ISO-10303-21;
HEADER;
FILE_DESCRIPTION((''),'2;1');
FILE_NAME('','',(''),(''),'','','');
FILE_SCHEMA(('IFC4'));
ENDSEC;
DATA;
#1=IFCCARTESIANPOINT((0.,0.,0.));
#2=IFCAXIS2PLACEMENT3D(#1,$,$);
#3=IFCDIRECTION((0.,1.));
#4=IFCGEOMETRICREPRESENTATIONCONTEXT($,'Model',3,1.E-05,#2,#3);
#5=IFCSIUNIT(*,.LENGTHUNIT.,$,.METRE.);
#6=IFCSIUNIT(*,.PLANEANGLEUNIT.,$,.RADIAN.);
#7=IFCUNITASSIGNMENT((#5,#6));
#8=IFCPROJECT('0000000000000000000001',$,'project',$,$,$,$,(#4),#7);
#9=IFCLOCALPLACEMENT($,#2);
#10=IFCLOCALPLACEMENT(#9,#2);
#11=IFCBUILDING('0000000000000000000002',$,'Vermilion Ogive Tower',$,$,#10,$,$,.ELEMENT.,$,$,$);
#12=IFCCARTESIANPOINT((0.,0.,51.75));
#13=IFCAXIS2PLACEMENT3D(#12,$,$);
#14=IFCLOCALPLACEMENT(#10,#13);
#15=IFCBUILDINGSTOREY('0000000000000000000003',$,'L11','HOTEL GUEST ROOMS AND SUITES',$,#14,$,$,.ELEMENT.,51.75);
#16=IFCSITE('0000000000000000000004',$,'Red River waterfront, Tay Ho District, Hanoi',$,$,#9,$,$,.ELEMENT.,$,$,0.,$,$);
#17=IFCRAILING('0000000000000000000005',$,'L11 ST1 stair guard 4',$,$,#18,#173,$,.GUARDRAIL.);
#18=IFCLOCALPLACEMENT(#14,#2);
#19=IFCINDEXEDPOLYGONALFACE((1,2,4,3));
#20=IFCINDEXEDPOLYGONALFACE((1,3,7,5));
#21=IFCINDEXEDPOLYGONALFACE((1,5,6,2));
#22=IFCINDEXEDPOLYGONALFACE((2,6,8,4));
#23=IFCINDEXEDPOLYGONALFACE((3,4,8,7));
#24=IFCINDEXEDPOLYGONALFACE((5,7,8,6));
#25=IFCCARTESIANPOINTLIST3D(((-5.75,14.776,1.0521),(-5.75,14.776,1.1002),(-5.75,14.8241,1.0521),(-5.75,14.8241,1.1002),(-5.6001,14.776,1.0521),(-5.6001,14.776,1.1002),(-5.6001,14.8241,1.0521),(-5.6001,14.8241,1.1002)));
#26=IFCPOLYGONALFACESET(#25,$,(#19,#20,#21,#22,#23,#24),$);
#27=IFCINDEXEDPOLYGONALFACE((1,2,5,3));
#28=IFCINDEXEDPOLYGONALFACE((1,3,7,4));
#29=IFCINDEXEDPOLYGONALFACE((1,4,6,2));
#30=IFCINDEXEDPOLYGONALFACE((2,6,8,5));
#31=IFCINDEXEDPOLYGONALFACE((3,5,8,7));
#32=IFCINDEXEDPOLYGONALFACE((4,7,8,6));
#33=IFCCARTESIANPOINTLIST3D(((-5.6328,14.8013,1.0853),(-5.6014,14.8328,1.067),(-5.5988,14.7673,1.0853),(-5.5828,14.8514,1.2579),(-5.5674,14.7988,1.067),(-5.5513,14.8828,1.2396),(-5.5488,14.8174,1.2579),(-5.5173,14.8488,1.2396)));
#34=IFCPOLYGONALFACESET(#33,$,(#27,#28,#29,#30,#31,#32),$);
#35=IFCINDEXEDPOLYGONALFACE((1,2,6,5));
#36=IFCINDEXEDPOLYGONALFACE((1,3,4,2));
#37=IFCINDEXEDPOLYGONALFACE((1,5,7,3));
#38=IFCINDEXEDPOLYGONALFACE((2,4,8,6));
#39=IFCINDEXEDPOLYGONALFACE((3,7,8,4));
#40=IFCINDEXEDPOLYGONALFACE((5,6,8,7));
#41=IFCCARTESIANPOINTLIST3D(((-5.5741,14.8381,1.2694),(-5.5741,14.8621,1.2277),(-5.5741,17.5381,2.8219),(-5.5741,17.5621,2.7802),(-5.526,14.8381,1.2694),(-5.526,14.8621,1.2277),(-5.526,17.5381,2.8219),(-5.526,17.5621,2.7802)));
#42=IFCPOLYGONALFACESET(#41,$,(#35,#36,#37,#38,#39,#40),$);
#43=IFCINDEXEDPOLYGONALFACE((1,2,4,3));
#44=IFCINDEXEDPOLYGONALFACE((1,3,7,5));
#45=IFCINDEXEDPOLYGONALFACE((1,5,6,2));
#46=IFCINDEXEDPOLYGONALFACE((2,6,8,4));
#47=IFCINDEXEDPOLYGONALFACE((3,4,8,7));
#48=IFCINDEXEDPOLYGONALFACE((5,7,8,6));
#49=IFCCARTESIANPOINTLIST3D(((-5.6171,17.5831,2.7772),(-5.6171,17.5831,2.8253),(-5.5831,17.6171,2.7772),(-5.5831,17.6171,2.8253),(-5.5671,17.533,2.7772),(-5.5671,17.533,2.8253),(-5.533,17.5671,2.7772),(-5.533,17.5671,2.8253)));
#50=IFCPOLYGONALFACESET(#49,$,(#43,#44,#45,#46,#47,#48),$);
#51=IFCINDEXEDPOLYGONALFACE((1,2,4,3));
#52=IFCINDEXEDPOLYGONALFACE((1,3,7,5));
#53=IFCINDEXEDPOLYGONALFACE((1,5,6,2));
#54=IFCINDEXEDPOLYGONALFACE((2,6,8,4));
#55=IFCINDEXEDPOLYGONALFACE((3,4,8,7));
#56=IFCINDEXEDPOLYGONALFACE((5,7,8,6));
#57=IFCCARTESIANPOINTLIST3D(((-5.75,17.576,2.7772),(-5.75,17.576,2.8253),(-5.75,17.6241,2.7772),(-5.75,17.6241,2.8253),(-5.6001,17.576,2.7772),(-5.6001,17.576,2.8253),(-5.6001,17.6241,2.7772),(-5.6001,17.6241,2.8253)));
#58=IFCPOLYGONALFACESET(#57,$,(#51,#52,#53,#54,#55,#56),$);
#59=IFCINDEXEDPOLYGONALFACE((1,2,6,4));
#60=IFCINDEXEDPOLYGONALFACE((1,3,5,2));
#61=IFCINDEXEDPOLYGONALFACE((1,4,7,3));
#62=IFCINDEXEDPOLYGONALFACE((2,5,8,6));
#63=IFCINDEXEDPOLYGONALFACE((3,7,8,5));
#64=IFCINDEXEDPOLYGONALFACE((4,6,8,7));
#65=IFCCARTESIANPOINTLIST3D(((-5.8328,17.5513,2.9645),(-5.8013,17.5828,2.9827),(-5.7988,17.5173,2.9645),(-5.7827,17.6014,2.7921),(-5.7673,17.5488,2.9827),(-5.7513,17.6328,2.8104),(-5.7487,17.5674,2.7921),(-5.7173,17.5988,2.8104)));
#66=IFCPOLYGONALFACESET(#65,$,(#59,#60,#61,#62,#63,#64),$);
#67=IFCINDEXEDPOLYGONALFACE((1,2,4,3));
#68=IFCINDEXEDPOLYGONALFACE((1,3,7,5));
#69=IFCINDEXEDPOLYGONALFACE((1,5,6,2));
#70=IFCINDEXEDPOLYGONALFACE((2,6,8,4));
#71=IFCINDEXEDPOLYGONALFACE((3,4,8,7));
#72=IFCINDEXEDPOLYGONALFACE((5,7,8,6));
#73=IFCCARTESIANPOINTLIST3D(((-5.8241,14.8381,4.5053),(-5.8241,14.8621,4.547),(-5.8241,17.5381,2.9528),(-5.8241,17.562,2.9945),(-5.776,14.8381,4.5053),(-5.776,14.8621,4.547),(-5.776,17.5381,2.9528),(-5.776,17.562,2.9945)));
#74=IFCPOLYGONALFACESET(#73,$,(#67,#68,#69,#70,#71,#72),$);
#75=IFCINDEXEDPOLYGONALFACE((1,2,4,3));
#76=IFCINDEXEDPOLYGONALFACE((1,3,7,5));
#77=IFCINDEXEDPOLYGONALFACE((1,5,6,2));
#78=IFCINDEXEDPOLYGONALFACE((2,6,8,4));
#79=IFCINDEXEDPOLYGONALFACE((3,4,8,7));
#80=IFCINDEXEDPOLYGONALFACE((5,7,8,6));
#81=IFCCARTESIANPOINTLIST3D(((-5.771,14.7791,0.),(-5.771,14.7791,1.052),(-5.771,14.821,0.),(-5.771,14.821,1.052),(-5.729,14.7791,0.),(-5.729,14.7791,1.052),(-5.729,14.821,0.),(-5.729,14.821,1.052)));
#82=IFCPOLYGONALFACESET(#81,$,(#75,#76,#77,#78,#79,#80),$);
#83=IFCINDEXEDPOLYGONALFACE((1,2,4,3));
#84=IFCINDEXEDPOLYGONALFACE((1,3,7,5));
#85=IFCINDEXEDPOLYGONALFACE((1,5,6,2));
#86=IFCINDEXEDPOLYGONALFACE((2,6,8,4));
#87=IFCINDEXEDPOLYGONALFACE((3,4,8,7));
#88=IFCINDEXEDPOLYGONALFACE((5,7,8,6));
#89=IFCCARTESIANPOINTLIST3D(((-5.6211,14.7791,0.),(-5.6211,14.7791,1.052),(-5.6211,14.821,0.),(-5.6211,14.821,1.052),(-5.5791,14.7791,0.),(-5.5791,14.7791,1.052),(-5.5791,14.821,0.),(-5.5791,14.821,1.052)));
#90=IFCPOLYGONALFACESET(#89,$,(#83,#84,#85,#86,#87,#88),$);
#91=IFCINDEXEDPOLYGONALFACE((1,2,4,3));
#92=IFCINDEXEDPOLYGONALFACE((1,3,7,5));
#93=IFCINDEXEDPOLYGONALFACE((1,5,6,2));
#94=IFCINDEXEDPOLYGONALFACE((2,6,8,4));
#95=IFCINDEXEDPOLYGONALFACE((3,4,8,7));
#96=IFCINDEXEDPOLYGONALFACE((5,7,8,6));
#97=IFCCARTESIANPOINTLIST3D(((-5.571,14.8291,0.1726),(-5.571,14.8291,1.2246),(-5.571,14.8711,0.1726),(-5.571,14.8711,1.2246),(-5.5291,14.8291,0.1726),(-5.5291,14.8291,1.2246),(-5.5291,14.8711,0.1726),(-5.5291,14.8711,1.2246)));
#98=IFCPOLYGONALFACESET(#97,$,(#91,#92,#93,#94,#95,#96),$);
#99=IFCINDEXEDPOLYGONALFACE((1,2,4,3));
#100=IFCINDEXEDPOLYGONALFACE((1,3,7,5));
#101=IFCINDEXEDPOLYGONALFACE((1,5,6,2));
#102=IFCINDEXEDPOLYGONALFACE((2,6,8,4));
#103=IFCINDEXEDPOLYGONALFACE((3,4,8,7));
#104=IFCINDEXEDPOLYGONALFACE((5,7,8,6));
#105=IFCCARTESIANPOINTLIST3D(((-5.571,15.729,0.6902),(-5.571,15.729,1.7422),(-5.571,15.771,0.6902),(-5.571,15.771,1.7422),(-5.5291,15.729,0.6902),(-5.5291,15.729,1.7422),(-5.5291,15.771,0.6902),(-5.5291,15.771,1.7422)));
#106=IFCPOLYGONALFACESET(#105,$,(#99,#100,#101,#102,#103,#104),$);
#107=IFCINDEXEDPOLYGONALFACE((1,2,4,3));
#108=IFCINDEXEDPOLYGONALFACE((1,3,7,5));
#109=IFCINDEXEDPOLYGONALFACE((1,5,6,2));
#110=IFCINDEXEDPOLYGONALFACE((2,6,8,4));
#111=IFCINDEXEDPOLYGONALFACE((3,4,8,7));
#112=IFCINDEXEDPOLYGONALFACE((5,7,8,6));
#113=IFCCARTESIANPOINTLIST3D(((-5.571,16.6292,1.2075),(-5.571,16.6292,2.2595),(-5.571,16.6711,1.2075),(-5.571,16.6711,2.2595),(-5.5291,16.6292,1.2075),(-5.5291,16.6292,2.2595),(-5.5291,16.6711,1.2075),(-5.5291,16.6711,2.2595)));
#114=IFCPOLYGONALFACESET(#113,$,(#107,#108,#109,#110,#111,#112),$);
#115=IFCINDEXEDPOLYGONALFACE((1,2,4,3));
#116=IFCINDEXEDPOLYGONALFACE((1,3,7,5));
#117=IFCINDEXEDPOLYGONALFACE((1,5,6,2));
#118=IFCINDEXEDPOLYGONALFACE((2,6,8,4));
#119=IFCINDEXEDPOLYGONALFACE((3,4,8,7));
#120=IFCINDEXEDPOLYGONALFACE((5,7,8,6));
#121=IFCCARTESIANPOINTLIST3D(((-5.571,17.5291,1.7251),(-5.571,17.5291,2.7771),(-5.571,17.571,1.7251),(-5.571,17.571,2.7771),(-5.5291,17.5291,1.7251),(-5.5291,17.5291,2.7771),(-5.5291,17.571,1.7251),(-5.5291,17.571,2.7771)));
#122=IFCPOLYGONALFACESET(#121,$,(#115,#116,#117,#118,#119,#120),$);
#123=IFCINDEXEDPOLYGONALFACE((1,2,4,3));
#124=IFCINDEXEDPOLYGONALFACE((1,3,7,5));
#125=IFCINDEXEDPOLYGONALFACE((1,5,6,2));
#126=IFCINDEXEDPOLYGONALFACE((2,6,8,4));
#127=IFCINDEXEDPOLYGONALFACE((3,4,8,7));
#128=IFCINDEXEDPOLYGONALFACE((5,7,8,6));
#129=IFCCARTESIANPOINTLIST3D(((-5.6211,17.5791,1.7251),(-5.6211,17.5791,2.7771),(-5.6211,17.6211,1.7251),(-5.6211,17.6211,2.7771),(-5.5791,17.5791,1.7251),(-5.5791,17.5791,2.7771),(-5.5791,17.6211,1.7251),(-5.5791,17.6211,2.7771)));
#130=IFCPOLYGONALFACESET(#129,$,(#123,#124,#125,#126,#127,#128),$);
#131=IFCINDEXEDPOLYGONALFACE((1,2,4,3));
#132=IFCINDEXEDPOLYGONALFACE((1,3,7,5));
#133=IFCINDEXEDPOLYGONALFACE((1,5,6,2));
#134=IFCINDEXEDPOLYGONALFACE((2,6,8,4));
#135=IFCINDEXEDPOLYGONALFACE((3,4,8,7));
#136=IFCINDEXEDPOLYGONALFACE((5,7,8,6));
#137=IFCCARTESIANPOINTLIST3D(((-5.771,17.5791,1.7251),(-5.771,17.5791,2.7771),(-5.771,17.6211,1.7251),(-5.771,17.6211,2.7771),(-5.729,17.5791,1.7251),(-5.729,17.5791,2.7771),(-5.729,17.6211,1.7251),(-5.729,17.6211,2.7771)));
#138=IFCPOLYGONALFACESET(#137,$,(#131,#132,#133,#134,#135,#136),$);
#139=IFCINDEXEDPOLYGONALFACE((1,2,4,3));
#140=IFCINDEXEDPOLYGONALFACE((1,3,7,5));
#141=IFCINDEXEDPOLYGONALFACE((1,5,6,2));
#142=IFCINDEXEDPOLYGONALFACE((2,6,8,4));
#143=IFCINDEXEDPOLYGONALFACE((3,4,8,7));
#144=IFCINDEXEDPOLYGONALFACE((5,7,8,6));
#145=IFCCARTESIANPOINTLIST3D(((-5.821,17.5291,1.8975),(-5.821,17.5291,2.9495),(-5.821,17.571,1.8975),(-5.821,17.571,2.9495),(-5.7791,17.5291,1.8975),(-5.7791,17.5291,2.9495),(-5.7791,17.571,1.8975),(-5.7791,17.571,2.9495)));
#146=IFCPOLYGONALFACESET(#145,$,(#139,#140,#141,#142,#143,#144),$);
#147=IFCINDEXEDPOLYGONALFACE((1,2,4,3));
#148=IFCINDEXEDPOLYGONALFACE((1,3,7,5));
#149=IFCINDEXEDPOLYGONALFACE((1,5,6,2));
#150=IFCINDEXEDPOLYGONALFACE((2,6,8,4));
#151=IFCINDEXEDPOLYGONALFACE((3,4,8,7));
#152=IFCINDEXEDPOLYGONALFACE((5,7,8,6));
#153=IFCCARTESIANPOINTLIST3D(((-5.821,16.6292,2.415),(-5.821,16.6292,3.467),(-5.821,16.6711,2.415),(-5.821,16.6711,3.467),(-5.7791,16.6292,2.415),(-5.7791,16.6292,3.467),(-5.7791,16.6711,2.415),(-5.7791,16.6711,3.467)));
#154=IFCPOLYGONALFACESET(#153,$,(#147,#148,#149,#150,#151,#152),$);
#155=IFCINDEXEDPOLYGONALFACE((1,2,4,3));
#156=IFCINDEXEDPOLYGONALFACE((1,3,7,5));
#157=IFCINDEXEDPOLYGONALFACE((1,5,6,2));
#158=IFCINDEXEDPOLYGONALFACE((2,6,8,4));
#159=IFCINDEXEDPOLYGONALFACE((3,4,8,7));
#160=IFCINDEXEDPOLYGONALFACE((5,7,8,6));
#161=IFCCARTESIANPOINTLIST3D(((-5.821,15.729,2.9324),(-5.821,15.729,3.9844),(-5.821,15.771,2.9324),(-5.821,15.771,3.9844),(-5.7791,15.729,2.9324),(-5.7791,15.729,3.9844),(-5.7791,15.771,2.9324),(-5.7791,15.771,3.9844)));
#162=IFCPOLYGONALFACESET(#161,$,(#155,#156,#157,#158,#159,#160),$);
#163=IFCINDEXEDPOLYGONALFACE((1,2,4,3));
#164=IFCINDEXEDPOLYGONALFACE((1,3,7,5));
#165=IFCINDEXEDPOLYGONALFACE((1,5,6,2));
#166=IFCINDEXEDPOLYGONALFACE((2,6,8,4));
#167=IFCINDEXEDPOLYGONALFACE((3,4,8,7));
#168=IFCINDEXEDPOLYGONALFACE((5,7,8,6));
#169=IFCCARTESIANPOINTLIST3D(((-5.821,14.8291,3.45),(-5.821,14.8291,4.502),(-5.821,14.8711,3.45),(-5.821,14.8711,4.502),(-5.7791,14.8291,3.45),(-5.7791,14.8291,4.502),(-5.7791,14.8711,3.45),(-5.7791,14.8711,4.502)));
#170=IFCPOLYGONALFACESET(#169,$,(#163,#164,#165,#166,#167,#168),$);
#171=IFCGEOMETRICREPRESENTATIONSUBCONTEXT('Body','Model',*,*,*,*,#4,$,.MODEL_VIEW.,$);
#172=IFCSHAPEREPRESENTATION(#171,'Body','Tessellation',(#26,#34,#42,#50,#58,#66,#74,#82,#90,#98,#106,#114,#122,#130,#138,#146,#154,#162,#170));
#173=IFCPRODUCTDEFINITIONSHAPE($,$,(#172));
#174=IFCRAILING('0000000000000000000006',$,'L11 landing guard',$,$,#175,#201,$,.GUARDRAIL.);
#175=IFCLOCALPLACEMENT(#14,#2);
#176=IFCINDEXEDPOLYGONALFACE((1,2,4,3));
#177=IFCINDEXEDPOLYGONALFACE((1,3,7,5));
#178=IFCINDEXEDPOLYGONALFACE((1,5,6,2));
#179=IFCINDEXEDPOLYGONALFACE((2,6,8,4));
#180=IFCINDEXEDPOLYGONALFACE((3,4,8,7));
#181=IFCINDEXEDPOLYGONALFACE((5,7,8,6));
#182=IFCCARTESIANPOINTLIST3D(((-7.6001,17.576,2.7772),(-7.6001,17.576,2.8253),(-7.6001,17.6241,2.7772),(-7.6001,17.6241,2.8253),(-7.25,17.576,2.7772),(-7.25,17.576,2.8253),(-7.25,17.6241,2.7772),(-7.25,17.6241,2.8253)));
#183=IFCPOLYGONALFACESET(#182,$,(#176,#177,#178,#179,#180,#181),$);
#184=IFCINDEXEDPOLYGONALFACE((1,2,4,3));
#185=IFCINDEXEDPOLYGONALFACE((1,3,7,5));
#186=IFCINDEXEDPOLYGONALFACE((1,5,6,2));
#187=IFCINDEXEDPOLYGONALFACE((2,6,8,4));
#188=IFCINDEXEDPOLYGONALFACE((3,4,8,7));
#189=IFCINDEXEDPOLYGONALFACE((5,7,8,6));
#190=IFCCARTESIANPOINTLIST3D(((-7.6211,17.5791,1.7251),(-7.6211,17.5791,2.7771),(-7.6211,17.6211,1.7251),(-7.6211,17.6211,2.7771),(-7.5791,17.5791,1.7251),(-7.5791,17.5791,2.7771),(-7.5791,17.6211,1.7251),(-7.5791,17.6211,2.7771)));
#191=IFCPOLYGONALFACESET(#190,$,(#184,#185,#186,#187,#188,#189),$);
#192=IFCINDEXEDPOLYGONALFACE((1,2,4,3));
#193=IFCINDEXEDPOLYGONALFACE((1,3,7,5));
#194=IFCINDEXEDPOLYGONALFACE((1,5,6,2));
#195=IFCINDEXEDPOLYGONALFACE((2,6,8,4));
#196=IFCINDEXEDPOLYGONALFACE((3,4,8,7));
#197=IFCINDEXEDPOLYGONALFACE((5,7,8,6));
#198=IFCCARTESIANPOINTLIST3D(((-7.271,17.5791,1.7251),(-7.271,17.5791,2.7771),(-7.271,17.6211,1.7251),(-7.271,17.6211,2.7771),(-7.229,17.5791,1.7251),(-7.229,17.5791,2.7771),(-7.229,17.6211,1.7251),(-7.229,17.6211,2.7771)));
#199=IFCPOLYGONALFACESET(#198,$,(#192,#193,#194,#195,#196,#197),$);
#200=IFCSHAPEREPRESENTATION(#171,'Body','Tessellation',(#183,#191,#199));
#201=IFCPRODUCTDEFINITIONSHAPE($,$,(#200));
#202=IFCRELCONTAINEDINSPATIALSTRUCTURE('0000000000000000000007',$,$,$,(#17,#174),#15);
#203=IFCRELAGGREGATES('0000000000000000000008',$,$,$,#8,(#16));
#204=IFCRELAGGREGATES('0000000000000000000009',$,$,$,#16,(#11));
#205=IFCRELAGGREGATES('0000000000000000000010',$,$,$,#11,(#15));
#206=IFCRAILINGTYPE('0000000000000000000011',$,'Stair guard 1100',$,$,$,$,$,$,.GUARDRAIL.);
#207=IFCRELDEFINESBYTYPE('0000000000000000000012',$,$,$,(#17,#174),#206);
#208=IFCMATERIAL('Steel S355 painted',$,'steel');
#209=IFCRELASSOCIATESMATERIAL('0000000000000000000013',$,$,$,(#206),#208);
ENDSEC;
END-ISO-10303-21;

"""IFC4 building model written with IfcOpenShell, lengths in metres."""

from ifc_helpers import new_model, si_unit, direction, frame, origin, origin_2d, place, context, subcontext, project, spatial, rectangle, extrude, material, type_object, element, save


model = new_model("IFC4")

# Units and contexts
model_context = context("Model", 3, precision=1e-05, world=origin(), true_north=direction((0.0, 1.0)))
body_context = subcontext(model_context, "Body", "Model", "MODEL_VIEW")
ifc_project = project(units=[si_unit("LENGTHUNIT", "METRE"), si_unit("PLANEANGLEUNIT", "RADIAN")], contexts=[model_context])

# Site, building, storey
site_placement = place(None, origin())
site = spatial("IfcSite", under=ifc_project, at=site_placement, Name="Red River waterfront, Tay Ho District, Hanoi", CompositionType="ELEMENT", RefElevation=0.0)
building_placement = place(site_placement, origin())
building = spatial("IfcBuilding", under=site, at=building_placement, Name="Vermilion Ogive Tower", CompositionType="ELEMENT")
storey_placement = place(building_placement, frame((0.0, 0.0, 51.75)))
storey = spatial("IfcBuildingStorey", under=building, at=storey_placement, Name="L11", Description="HOTEL GUEST ROOMS AND SUITES", CompositionType="ELEMENT", Elevation=51.75)

# Railings
ifc_material_1 = material(Name="Steel S355 painted", Category="steel")
railing_type_1 = type_object("IfcRailingType", Name="Stair guard 1100", PredefinedType="GUARDRAIL", material=ifc_material_1)
railing_1_placement = place(storey_placement, frame((-5.75, 14.8, 0.0)))
element("IfcRailing", 1, at=railing_1_placement, inside=storey, type_object=railing_type_1, Name="L11 ST1 stair guard 4", PredefinedType="GUARDRAIL", context=body_context, shape_type="SweptSolid", body=[
    extrude(rectangle(XDim=0.0481, YDim=0.0481, at=origin_2d()), frame((0.0, 0.0, 1.0762), z_axis=(1.0, 0.0, 0.0), x_axis=(0.0, 1.0, 0.0)), (0.0, 0.0, 1.0), 0.1499),
    extrude(rectangle(XDim=0.0481, YDim=0.0481, at=origin_2d()), frame((0.1499, 0.0, 1.0762), z_axis=(0.268278, 0.268278, 0.925232), x_axis=(-0.707107, 0.707107, 0.0)), (0.0, 0.0, 1.0), 0.1865),
    extrude(rectangle(XDim=0.0481, YDim=0.0481, at=origin_2d()), frame((0.2, 0.05, 1.2485), z_axis=(0.0, 0.866904, 0.498476), x_axis=(-1.0, 0.0, 0.0)), (0.0, 0.0, 1.0), 3.1145),
    extrude(rectangle(XDim=0.0481, YDim=0.0481, at=origin_2d()), frame((0.2, 2.75, 2.8013), z_axis=(-0.707107, 0.707107, 0.0), x_axis=(-0.707107, -0.707107, 0.0)), (0.0, 0.0, 1.0), 0.0708),
    extrude(rectangle(XDim=0.0481, YDim=0.0481, at=origin_2d()), frame((0.1499, 2.8, 2.8013), z_axis=(-1.0, 0.0, 0.0), x_axis=(0.0, -1.0, 0.0)), (0.0, 0.0, 1.0), 0.1499),
    extrude(rectangle(XDim=0.0481, YDim=0.0481, at=origin_2d()), frame((0.0, 2.8, 2.8013), z_axis=(-0.268603, -0.268603, 0.925043), x_axis=(0.707107, -0.707107, 0.0)), (0.0, 0.0, 1.0), 0.1863),
    extrude(rectangle(XDim=0.0481, YDim=0.0481, at=origin_2d()), frame((-0.05, 2.75, 2.9736), z_axis=(0.0, -0.866904, 0.498476), x_axis=(1.0, 0.0, 0.0)), (0.0, 0.0, 1.0), 3.1145),
    extrude(rectangle(XDim=0.042, YDim=0.042, at=origin_2d()), origin(), (0.0, 0.0, 1.0), 1.052),
    extrude(rectangle(XDim=0.042, YDim=0.042, at=origin_2d()), frame((0.1499, 0.0, 0.0)), (0.0, 0.0, 1.0), 1.052),
    extrude(rectangle(XDim=0.042, YDim=0.042, at=origin_2d()), frame((0.2, 0.05, 0.1726)), (0.0, 0.0, 1.0), 1.052),
    extrude(rectangle(XDim=0.042, YDim=0.042, at=origin_2d()), frame((0.2, 0.95, 0.6902)), (0.0, 0.0, 1.0), 1.052),
    extrude(rectangle(XDim=0.042, YDim=0.042, at=origin_2d()), frame((0.2, 1.8501, 1.2075)), (0.0, 0.0, 1.0), 1.052),
    extrude(rectangle(XDim=0.042, YDim=0.042, at=origin_2d()), frame((0.2, 2.75, 1.7251)), (0.0, 0.0, 1.0), 1.052),
    extrude(rectangle(XDim=0.042, YDim=0.042, at=origin_2d()), frame((0.1499, 2.8, 1.7251)), (0.0, 0.0, 1.0), 1.052),
    extrude(rectangle(XDim=0.042, YDim=0.042, at=origin_2d()), frame((0.0, 2.8, 1.7251)), (0.0, 0.0, 1.0), 1.052),
    extrude(rectangle(XDim=0.042, YDim=0.042, at=origin_2d()), frame((-0.05, 2.75, 1.8975)), (0.0, 0.0, 1.0), 1.052),
    extrude(rectangle(XDim=0.042, YDim=0.042, at=origin_2d()), frame((-0.05, 1.8501, 2.415)), (0.0, 0.0, 1.0), 1.052),
    extrude(rectangle(XDim=0.042, YDim=0.042, at=origin_2d()), frame((-0.05, 0.95, 2.9324)), (0.0, 0.0, 1.0), 1.052),
    extrude(rectangle(XDim=0.042, YDim=0.042, at=origin_2d()), frame((-0.05, 0.05, 3.45)), (0.0, 0.0, 1.0), 1.052),
])
railing_2_placement = place(storey_placement, frame((-7.6001, 17.6001, 1.7251)))
element("IfcRailing", 2, at=railing_2_placement, inside=storey, type_object=railing_type_1, Name="L11 landing guard", PredefinedType="GUARDRAIL", context=body_context, shape_type="SweptSolid", body=[
    extrude(rectangle(XDim=0.0481, YDim=0.0481, at=origin_2d()), frame((0.0, 0.0, 1.0762), z_axis=(1.0, 0.0, 0.0), x_axis=(0.0, 1.0, 0.0)), (0.0, 0.0, 1.0), 0.3501),
    extrude(rectangle(XDim=0.042, YDim=0.042, at=origin_2d()), origin(), (0.0, 0.0, 1.0), 1.052),
    extrude(rectangle(XDim=0.042, YDim=0.042, at=origin_2d()), frame((0.3501, 0.0, 0.0)), (0.0, 0.0, 1.0), 1.052),
])

save(model, "model.ifc")
